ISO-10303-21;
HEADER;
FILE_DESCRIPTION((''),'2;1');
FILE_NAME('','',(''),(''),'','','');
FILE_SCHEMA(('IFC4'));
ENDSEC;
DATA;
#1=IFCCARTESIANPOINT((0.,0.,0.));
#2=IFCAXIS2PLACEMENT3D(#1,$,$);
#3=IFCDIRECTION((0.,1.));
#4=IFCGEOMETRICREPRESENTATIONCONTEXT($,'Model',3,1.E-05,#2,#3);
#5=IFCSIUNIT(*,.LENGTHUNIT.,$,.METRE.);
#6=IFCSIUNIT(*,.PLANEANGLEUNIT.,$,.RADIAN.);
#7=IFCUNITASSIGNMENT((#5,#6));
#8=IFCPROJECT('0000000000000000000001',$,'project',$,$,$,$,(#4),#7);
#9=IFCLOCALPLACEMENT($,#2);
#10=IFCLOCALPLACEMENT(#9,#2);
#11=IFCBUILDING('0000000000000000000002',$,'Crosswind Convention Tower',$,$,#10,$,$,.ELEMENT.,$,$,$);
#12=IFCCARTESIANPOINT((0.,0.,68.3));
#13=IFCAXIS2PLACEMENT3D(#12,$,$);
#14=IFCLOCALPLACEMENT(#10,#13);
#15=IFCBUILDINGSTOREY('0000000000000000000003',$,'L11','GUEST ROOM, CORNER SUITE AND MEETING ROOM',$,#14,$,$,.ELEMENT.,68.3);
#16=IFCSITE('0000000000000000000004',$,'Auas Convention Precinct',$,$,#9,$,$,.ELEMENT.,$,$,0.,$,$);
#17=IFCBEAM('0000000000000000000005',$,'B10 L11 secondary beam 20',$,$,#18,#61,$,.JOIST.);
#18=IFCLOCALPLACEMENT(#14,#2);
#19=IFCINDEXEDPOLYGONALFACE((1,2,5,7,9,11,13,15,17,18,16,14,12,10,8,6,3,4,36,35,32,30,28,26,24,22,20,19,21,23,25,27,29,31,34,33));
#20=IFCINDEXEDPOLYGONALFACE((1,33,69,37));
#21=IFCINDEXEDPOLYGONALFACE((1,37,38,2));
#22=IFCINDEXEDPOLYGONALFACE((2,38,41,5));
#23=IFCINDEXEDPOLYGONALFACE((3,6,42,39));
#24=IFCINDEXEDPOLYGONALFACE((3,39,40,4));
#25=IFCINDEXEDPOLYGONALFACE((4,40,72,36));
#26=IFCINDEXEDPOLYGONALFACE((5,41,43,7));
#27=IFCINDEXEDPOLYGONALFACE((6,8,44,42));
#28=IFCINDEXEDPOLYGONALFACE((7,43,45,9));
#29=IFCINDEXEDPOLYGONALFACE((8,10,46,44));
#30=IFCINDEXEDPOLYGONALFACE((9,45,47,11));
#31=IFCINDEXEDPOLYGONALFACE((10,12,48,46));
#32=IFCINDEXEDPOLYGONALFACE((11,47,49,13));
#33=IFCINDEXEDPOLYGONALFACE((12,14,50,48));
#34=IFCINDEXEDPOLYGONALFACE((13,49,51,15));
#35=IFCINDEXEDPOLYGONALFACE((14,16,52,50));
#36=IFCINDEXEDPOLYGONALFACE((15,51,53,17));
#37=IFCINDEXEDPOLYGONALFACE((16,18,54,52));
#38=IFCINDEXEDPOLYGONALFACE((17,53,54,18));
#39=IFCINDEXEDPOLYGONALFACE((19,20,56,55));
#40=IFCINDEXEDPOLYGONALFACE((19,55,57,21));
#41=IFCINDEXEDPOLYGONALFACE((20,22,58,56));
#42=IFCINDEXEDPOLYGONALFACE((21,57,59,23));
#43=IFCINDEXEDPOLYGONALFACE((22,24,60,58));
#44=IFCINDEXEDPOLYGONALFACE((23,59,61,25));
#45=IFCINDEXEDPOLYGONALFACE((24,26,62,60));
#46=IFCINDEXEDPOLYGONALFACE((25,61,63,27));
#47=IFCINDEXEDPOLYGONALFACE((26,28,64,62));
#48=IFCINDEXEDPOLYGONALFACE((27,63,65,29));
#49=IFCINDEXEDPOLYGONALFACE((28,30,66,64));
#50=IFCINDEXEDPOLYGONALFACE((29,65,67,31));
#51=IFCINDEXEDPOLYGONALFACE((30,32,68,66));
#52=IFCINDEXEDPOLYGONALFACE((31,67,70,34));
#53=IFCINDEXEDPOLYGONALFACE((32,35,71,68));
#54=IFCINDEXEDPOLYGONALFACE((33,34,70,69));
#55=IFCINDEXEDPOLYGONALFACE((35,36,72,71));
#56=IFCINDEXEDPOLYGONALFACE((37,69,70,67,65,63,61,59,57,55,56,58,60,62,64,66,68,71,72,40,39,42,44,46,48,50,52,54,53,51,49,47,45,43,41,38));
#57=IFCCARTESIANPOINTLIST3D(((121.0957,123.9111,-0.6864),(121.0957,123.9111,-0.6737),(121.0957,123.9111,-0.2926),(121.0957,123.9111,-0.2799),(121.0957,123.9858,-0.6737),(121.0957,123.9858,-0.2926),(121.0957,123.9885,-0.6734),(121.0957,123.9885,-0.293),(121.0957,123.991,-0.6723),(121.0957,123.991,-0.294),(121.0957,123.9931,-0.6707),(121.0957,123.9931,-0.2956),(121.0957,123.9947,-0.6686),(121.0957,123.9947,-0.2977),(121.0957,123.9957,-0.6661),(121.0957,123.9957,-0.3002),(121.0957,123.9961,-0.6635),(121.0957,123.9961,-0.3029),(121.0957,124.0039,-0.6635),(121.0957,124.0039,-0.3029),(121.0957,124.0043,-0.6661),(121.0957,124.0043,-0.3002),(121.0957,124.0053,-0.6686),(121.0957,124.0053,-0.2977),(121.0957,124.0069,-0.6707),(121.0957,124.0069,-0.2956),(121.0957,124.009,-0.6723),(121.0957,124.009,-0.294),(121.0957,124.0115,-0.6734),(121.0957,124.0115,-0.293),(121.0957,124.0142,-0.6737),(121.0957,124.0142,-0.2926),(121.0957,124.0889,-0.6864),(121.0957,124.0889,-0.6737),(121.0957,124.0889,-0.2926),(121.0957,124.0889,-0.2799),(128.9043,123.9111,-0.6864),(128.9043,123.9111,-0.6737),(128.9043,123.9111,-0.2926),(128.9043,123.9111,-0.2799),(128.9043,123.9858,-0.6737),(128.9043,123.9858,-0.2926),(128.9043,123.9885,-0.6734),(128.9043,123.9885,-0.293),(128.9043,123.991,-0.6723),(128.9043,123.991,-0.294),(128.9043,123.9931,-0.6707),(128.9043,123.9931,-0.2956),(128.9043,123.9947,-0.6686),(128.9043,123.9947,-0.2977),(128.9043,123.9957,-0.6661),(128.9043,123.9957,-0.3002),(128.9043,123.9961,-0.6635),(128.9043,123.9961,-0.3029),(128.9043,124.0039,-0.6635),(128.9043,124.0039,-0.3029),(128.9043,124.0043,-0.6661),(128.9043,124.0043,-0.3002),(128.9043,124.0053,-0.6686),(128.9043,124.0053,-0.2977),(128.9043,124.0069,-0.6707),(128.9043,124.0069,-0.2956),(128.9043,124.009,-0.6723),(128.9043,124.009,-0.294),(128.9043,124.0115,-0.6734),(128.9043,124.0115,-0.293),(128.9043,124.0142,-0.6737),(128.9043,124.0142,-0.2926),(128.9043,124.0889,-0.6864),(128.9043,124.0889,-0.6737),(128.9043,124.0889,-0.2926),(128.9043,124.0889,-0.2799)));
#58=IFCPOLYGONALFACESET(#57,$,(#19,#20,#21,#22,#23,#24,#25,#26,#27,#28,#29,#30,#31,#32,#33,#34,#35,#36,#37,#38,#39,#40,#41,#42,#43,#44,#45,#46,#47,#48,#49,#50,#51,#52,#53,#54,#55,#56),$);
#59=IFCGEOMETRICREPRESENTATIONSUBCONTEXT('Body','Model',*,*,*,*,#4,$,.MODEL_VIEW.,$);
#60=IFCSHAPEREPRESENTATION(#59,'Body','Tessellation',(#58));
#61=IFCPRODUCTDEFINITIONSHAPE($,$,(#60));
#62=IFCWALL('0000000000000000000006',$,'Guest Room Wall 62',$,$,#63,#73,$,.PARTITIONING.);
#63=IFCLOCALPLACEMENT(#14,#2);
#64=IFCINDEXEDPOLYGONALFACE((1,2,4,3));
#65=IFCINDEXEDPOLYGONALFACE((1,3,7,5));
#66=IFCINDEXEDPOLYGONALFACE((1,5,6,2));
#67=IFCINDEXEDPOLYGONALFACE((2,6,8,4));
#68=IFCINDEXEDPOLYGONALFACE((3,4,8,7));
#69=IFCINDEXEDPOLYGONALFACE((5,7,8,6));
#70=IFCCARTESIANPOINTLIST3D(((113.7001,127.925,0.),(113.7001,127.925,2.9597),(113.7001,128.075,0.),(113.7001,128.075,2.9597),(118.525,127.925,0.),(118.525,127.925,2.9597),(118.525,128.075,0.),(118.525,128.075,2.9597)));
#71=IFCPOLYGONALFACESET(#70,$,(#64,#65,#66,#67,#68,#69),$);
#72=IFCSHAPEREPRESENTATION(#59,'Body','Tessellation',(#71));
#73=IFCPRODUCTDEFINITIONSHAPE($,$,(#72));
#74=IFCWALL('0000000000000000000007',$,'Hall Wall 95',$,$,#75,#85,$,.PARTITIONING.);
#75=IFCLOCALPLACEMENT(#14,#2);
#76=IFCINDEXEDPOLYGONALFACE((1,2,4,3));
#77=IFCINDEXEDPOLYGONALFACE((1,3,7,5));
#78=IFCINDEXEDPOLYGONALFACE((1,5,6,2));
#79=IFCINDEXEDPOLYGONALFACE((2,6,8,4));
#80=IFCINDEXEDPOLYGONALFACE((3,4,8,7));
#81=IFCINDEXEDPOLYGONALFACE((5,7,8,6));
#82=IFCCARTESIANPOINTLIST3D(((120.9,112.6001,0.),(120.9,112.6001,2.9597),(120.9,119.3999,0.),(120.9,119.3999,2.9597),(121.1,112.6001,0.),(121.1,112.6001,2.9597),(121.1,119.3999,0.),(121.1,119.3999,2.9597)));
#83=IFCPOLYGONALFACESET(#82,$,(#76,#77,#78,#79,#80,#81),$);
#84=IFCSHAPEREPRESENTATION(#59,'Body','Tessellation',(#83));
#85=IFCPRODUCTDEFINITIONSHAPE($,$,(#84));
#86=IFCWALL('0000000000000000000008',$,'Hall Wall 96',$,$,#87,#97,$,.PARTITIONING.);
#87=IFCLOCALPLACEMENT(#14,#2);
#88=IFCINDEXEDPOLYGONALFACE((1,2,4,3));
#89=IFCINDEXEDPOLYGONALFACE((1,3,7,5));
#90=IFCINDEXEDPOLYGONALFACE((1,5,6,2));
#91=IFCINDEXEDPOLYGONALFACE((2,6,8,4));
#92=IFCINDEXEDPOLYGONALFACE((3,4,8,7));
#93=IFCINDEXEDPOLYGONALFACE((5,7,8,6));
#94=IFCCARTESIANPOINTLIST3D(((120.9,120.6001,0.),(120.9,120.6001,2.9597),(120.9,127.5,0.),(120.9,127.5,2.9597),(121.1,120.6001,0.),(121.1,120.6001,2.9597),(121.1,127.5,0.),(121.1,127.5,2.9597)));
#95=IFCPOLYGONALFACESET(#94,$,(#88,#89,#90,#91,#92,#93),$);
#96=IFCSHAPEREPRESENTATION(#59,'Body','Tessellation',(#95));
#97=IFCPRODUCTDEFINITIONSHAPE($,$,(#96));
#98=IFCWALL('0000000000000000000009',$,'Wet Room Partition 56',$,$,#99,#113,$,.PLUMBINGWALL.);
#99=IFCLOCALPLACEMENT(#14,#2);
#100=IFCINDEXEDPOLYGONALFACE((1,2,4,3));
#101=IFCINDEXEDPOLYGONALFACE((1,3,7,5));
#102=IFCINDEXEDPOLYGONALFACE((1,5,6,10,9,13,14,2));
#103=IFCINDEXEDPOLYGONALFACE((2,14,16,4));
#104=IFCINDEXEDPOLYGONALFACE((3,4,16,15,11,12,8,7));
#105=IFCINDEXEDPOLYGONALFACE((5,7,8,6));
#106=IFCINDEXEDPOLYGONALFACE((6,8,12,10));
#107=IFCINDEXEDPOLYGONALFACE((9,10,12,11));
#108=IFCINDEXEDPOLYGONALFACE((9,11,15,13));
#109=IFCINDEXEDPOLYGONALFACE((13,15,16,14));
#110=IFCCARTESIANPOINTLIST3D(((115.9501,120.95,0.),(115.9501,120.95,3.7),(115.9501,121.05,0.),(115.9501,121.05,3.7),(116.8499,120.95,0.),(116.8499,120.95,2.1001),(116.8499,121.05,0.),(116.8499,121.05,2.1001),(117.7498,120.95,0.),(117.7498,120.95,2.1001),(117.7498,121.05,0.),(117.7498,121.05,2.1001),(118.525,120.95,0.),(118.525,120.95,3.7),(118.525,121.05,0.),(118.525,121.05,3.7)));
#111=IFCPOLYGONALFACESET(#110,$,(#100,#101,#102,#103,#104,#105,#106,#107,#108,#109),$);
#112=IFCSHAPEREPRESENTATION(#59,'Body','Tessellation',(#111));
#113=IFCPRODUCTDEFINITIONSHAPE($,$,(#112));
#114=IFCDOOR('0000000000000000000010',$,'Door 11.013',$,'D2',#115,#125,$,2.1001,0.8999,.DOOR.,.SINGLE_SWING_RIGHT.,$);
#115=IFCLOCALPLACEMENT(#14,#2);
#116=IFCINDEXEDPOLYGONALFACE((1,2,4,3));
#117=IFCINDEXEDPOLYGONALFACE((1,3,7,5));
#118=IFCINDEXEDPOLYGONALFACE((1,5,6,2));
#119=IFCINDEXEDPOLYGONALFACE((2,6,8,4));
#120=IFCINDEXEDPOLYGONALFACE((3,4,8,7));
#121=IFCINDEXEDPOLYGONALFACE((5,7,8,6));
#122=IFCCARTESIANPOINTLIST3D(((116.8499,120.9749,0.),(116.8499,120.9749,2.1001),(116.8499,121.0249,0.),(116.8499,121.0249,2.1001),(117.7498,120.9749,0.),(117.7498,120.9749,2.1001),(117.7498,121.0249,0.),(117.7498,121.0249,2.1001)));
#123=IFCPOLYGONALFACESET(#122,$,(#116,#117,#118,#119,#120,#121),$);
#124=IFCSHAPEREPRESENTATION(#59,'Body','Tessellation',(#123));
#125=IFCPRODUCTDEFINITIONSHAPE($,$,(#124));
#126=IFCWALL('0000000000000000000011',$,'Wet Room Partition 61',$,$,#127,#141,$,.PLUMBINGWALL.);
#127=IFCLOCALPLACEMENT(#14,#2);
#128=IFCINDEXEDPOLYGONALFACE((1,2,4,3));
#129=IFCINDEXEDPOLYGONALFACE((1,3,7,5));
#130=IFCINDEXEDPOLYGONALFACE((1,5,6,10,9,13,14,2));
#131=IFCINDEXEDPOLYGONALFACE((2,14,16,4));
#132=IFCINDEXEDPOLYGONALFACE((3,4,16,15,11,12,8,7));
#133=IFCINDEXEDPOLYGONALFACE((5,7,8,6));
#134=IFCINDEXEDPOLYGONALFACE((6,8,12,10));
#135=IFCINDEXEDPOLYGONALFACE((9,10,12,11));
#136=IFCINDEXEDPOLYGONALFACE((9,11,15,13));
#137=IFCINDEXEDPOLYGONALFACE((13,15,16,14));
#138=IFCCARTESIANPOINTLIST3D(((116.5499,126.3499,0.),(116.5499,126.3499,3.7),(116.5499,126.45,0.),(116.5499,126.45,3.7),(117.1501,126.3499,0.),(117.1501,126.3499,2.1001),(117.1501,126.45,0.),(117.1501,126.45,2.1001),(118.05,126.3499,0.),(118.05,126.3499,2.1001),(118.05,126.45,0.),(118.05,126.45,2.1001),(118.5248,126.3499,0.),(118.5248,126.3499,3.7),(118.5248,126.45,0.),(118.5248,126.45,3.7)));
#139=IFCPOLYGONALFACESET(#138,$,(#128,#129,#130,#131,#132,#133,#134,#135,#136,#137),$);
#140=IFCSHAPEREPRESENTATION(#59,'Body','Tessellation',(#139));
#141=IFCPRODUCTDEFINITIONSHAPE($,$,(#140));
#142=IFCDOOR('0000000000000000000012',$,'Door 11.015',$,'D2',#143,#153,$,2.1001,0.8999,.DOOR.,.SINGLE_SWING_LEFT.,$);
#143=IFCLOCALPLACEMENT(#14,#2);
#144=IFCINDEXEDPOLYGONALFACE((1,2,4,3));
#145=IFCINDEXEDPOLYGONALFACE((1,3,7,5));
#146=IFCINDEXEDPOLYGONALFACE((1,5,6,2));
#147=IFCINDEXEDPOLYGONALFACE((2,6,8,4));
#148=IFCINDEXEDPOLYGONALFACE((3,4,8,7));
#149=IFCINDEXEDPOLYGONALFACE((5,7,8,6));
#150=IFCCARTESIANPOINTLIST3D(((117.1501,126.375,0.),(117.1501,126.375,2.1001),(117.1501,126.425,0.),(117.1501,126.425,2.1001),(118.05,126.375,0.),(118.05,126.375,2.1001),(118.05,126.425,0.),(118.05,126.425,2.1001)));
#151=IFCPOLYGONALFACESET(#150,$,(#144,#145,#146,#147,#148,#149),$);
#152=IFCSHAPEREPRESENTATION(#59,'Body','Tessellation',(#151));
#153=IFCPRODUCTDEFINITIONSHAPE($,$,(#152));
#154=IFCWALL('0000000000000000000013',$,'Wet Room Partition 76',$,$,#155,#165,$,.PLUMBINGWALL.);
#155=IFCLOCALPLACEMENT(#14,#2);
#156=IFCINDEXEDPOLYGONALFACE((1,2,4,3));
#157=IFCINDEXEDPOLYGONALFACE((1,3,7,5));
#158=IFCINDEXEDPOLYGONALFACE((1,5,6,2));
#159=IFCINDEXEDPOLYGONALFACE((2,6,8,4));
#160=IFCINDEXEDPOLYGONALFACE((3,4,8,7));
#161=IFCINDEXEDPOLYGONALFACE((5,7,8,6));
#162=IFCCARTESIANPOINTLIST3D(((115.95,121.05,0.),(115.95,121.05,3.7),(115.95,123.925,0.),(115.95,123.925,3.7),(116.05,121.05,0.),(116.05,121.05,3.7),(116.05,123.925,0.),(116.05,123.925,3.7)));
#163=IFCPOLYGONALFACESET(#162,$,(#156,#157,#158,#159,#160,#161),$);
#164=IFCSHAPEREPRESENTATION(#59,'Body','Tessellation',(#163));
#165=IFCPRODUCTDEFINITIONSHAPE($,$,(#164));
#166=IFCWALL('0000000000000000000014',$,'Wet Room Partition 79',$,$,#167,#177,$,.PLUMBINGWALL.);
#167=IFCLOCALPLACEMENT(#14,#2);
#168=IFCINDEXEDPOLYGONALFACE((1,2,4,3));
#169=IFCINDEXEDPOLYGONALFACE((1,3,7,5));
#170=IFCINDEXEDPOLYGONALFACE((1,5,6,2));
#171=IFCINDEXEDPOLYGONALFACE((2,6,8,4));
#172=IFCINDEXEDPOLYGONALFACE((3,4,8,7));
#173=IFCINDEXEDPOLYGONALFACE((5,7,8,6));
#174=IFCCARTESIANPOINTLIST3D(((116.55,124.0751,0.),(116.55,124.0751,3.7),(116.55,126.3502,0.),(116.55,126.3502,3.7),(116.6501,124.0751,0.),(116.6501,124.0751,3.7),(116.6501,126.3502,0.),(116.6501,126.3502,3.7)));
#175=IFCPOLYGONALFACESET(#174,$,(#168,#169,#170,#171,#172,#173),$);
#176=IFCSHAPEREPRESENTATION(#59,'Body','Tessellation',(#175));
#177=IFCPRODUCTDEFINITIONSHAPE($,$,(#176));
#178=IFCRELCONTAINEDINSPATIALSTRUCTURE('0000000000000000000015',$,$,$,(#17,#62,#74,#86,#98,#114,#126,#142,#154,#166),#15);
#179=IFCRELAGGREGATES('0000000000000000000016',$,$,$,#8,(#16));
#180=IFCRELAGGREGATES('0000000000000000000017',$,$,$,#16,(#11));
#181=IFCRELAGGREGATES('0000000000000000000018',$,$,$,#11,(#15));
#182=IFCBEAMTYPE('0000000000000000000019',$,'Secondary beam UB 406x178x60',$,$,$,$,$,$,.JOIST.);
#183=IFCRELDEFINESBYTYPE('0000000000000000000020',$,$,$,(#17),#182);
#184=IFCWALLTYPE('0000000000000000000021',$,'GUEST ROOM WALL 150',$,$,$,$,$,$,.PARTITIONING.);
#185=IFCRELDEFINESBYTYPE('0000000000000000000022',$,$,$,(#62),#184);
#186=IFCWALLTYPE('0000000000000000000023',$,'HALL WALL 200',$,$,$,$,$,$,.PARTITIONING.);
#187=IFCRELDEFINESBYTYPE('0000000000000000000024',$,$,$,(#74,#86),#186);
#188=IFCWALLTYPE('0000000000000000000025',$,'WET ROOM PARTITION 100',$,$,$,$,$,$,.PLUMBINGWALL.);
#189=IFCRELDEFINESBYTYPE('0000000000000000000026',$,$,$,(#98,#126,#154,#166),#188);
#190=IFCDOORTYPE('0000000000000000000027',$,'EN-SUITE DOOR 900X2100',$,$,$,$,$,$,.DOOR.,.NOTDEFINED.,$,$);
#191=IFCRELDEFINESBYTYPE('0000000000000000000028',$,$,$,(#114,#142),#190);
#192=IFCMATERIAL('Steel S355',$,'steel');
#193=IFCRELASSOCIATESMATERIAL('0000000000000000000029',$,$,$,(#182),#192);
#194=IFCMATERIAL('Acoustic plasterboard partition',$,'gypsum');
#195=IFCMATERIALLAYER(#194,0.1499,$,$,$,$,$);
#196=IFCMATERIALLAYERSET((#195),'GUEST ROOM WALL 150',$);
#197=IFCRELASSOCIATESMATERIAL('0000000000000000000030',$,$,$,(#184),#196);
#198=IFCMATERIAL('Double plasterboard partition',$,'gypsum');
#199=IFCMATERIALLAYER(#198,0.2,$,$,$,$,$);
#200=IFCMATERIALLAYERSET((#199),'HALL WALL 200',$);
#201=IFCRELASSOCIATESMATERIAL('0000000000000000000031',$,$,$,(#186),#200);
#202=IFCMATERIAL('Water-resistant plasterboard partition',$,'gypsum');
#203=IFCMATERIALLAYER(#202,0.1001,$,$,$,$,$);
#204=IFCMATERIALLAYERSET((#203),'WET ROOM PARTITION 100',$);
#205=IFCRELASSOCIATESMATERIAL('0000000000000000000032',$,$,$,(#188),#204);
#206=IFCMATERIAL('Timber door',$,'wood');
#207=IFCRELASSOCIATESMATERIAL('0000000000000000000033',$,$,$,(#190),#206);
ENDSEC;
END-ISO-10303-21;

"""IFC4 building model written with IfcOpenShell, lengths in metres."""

from ifc_helpers import new_model, si_unit, direction, frame, frame_2d, origin, origin_2d, place, context, subcontext, project, spatial, rectangle, i_section, extrude, material, layer, layer_set, material_profile, profile_set, type_object, element, fill, save


model = new_model("IFC4")

# Units and contexts
model_context = context("Model", 3, precision=1e-05, world=origin(), true_north=direction((0.0, 1.0)))
body_context = subcontext(model_context, "Body", "Model", "MODEL_VIEW")
ifc_project = project(units=[si_unit("LENGTHUNIT", "METRE"), si_unit("PLANEANGLEUNIT", "RADIAN")], contexts=[model_context])

# Site, building, storey
site_placement = place(None, origin())
site = spatial("IfcSite", under=ifc_project, at=site_placement, Name="Auas Convention Precinct", CompositionType="ELEMENT", RefElevation=0.0)
building_placement = place(site_placement, origin())
building = spatial("IfcBuilding", under=site, at=building_placement, Name="Crosswind Convention Tower", CompositionType="ELEMENT")
storey_placement = place(building_placement, frame((0.0, 0.0, 68.3)))
storey = spatial("IfcBuildingStorey", under=building, at=storey_placement, Name="L11", Description="GUEST ROOM, CORNER SUITE AND MEETING ROOM", CompositionType="ELEMENT", Elevation=68.3)

# Beam
ifc_material_1 = material(Name="Steel S355", Category="steel")
ifc_material_profile_1 = material_profile(ifc_material_1, i_section(OverallWidth=0.1777, OverallDepth=0.4065, WebThickness=0.0078, FlangeThickness=0.0127, FilletRadius=0.0103, at=origin_2d()), Name="UB 406x178x60")
ifc_profile_set_1 = profile_set([ifc_material_profile_1], Name="Steel S355")
beam_type_1 = type_object("IfcBeamType", Name="Secondary beam UB 406x178x60", PredefinedType="JOIST", material=ifc_profile_set_1)
for number, where, z_axis, x_axis, name in (
    (1, (121.0957, 124.0, -0.4832), (1.0, 0.0, 0.0), (0.0, 1.0, 0.0), "B10 L11 secondary beam 20"),
):
    element("IfcBeam", number, at=place(storey_placement, frame(where, z_axis=z_axis, x_axis=x_axis)), inside=storey, type_object=beam_type_1, Name=name, PredefinedType="JOIST", context=body_context, shape_type="SweptSolid", body=[
        extrude(i_section(OverallWidth=0.1777, OverallDepth=0.4065, WebThickness=0.0078, FlangeThickness=0.0127, FilletRadius=0.0103, at=origin_2d()), origin(), (0.0, 0.0, 1.0), 7.8086),
    ])

# Walls
ifc_material_2 = material(Name="Acoustic plasterboard partition", Category="gypsum")
ifc_layer_1 = layer(ifc_material_2, 0.1499)
ifc_layer_set_1 = layer_set([ifc_layer_1], Name="GUEST ROOM WALL 150")
wall_type_1 = type_object("IfcWallType", Name="GUEST ROOM WALL 150", PredefinedType="PARTITIONING", material=ifc_layer_set_1)
wall_1_placement = place(storey_placement, frame((113.7, 128.0, 0.0), z_axis=(0.0, 0.0, 1.0), x_axis=(1.0, 0.0, 0.0)))
element("IfcWall", 2, at=wall_1_placement, inside=storey, type_object=wall_type_1, Name="Guest Room Wall 62", PredefinedType="PARTITIONING", context=body_context, shape_type="SweptSolid", body=[
    extrude(rectangle(XDim=4.825, YDim=0.1499, at=frame_2d((2.4126, 0.0))), origin(), (0.0, 0.0, 1.0), 2.9597),
])
ifc_material_3 = material(Name="Double plasterboard partition", Category="gypsum")
ifc_layer_2 = layer(ifc_material_3, 0.2)
ifc_layer_set_2 = layer_set([ifc_layer_2], Name="HALL WALL 200")
wall_type_2 = type_object("IfcWallType", Name="HALL WALL 200", PredefinedType="PARTITIONING", material=ifc_layer_set_2)
wall_2_placement = place(storey_placement, frame((121.0, 112.6001, 0.0), z_axis=(0.0, 0.0, 1.0), x_axis=(0.0, 1.0, 0.0)))
element("IfcWall", 3, at=wall_2_placement, inside=storey, type_object=wall_type_2, Name="Hall Wall 95", PredefinedType="PARTITIONING", context=body_context, shape_type="SweptSolid", body=[
    extrude(rectangle(XDim=6.7998, YDim=0.2, at=frame_2d((3.3999, 0.0))), origin(), (0.0, 0.0, 1.0), 2.9597),
])
wall_3_placement = place(storey_placement, frame((121.0, 120.6001, 0.0), z_axis=(0.0, 0.0, 1.0), x_axis=(0.0, 1.0, 0.0)))
element("IfcWall", 4, at=wall_3_placement, inside=storey, type_object=wall_type_2, Name="Hall Wall 96", PredefinedType="PARTITIONING", context=body_context, shape_type="SweptSolid", body=[
    extrude(rectangle(XDim=6.8999, YDim=0.2, at=frame_2d((3.45, 0.0))), origin(), (0.0, 0.0, 1.0), 2.9597),
])

# Walls, openings, doors
ifc_material_4 = material(Name="Water-resistant plasterboard partition", Category="gypsum")
ifc_layer_3 = layer(ifc_material_4, 0.1001)
ifc_layer_set_3 = layer_set([ifc_layer_3], Name="WET ROOM PARTITION 100")
wall_type_3 = type_object("IfcWallType", Name="WET ROOM PARTITION 100", PredefinedType="PLUMBINGWALL", material=ifc_layer_set_3)
wall_4_placement = place(storey_placement, frame((115.95, 121.0, 0.0), z_axis=(0.0, 0.0, 1.0), x_axis=(1.0, 0.0, 0.0)))
wall_4 = element("IfcWall", 5, at=wall_4_placement, inside=storey, type_object=wall_type_3, Name="Wet Room Partition 56", PredefinedType="PLUMBINGWALL", context=body_context, shape_type="SweptSolid", body=[
    extrude(rectangle(XDim=2.575, YDim=0.1001, at=frame_2d((1.2876, 0.0))), origin(), (0.0, 0.0, 1.0), 3.7),
])
opening_1_placement = place(wall_4_placement, frame((0.8999, 0.0, 0.0)))
opening_1 = element("IfcOpeningElement", 6, at=opening_1_placement, cuts=wall_4, PredefinedType="OPENING", context=body_context, shape_type="SweptSolid", body=[
    extrude(rectangle(XDim=0.8999, YDim=2.1001, at=frame_2d((0.45, 1.05))), frame((0.0, 0.0601, 0.0), z_axis=(0.0, -1.0, 0.0), x_axis=(1.0, 0.0, 0.0)), (0.0, 0.0, 1.0), 0.1201),
])
ifc_material_5 = material(Name="Timber door", Category="wood")
door_type = type_object("IfcDoorType", Name="EN-SUITE DOOR 900X2100", OperationType="NOTDEFINED", PredefinedType="DOOR", material=ifc_material_5)
door_1_placement = place(opening_1_placement, origin())
door_1 = element("IfcDoor", 7, at=door_1_placement, inside=storey, type_object=door_type, Name="Door 11.013", ObjectType="D2", OperationType="SINGLE_SWING_RIGHT", OverallHeight=2.1001, OverallWidth=0.8999, PredefinedType="DOOR", context=body_context, shape_type="SweptSolid", body=[
    extrude(rectangle(XDim=0.8999, YDim=2.1001, at=frame_2d((0.45, 1.05))), frame((0.0, 0.0249, 0.0), z_axis=(0.0, -1.0, 0.0), x_axis=(1.0, 0.0, 0.0)), (0.0, 0.0, 1.0), 0.05),
])
fill(opening_1, door_1)
wall_5_placement = place(storey_placement, frame((116.55, 126.3999, 0.0), z_axis=(0.0, 0.0, 1.0), x_axis=(1.0, 0.0, 0.0)))
wall_5 = element("IfcWall", 8, at=wall_5_placement, inside=storey, type_object=wall_type_3, Name="Wet Room Partition 61", PredefinedType="PLUMBINGWALL", context=body_context, shape_type="SweptSolid", body=[
    extrude(rectangle(XDim=1.9749, YDim=0.1001, at=frame_2d((0.9873, 0.0))), origin(), (0.0, 0.0, 1.0), 3.7),
])
opening_2_placement = place(wall_5_placement, frame((0.6001, 0.0, 0.0)))
opening_2 = element("IfcOpeningElement", 9, at=opening_2_placement, cuts=wall_5, PredefinedType="OPENING", context=body_context, shape_type="SweptSolid", body=[
    extrude(rectangle(XDim=0.8999, YDim=2.1001, at=frame_2d((0.45, 1.05))), frame((0.0, 0.0601, 0.0), z_axis=(0.0, -1.0, 0.0), x_axis=(1.0, 0.0, 0.0)), (0.0, 0.0, 1.0), 0.1201),
])
door_2_placement = place(opening_2_placement, frame((0.8999, 0.0, 0.0), z_axis=(0.0, 0.0, 1.0), x_axis=(-1.0, 0.0, 0.0)))
door_2 = element("IfcDoor", 10, at=door_2_placement, inside=storey, type_object=door_type, Name="Door 11.015", ObjectType="D2", OperationType="SINGLE_SWING_LEFT", OverallHeight=2.1001, OverallWidth=0.8999, PredefinedType="DOOR", context=body_context, shape_type="SweptSolid", body=[
    extrude(rectangle(XDim=0.8999, YDim=2.1001, at=frame_2d((0.45, 1.05))), frame((0.0, 0.0249, 0.0), z_axis=(0.0, -1.0, 0.0), x_axis=(1.0, 0.0, 0.0)), (0.0, 0.0, 1.0), 0.05),
])
fill(opening_2, door_2)

# Walls
wall_6_placement = place(storey_placement, frame((116.0, 121.05, 0.0), z_axis=(0.0, 0.0, 1.0), x_axis=(0.0, 1.0, 0.0)))
element("IfcWall", 11, at=wall_6_placement, inside=storey, type_object=wall_type_3, Name="Wet Room Partition 76", PredefinedType="PLUMBINGWALL", context=body_context, shape_type="SweptSolid", body=[
    extrude(rectangle(XDim=2.875, YDim=0.1001, at=frame_2d((1.4375, 0.0))), origin(), (0.0, 0.0, 1.0), 3.7),
])
wall_7_placement = place(storey_placement, frame((116.6001, 124.075, 0.0), z_axis=(0.0, 0.0, 1.0), x_axis=(0.0, 1.0, 0.0)))
element("IfcWall", 12, at=wall_7_placement, inside=storey, type_object=wall_type_3, Name="Wet Room Partition 79", PredefinedType="PLUMBINGWALL", context=body_context, shape_type="SweptSolid", body=[
    extrude(rectangle(XDim=2.2751, YDim=0.1001, at=frame_2d((1.1377, 0.0))), origin(), (0.0, 0.0, 1.0), 3.7),
])

save(model, "model.ifc")
